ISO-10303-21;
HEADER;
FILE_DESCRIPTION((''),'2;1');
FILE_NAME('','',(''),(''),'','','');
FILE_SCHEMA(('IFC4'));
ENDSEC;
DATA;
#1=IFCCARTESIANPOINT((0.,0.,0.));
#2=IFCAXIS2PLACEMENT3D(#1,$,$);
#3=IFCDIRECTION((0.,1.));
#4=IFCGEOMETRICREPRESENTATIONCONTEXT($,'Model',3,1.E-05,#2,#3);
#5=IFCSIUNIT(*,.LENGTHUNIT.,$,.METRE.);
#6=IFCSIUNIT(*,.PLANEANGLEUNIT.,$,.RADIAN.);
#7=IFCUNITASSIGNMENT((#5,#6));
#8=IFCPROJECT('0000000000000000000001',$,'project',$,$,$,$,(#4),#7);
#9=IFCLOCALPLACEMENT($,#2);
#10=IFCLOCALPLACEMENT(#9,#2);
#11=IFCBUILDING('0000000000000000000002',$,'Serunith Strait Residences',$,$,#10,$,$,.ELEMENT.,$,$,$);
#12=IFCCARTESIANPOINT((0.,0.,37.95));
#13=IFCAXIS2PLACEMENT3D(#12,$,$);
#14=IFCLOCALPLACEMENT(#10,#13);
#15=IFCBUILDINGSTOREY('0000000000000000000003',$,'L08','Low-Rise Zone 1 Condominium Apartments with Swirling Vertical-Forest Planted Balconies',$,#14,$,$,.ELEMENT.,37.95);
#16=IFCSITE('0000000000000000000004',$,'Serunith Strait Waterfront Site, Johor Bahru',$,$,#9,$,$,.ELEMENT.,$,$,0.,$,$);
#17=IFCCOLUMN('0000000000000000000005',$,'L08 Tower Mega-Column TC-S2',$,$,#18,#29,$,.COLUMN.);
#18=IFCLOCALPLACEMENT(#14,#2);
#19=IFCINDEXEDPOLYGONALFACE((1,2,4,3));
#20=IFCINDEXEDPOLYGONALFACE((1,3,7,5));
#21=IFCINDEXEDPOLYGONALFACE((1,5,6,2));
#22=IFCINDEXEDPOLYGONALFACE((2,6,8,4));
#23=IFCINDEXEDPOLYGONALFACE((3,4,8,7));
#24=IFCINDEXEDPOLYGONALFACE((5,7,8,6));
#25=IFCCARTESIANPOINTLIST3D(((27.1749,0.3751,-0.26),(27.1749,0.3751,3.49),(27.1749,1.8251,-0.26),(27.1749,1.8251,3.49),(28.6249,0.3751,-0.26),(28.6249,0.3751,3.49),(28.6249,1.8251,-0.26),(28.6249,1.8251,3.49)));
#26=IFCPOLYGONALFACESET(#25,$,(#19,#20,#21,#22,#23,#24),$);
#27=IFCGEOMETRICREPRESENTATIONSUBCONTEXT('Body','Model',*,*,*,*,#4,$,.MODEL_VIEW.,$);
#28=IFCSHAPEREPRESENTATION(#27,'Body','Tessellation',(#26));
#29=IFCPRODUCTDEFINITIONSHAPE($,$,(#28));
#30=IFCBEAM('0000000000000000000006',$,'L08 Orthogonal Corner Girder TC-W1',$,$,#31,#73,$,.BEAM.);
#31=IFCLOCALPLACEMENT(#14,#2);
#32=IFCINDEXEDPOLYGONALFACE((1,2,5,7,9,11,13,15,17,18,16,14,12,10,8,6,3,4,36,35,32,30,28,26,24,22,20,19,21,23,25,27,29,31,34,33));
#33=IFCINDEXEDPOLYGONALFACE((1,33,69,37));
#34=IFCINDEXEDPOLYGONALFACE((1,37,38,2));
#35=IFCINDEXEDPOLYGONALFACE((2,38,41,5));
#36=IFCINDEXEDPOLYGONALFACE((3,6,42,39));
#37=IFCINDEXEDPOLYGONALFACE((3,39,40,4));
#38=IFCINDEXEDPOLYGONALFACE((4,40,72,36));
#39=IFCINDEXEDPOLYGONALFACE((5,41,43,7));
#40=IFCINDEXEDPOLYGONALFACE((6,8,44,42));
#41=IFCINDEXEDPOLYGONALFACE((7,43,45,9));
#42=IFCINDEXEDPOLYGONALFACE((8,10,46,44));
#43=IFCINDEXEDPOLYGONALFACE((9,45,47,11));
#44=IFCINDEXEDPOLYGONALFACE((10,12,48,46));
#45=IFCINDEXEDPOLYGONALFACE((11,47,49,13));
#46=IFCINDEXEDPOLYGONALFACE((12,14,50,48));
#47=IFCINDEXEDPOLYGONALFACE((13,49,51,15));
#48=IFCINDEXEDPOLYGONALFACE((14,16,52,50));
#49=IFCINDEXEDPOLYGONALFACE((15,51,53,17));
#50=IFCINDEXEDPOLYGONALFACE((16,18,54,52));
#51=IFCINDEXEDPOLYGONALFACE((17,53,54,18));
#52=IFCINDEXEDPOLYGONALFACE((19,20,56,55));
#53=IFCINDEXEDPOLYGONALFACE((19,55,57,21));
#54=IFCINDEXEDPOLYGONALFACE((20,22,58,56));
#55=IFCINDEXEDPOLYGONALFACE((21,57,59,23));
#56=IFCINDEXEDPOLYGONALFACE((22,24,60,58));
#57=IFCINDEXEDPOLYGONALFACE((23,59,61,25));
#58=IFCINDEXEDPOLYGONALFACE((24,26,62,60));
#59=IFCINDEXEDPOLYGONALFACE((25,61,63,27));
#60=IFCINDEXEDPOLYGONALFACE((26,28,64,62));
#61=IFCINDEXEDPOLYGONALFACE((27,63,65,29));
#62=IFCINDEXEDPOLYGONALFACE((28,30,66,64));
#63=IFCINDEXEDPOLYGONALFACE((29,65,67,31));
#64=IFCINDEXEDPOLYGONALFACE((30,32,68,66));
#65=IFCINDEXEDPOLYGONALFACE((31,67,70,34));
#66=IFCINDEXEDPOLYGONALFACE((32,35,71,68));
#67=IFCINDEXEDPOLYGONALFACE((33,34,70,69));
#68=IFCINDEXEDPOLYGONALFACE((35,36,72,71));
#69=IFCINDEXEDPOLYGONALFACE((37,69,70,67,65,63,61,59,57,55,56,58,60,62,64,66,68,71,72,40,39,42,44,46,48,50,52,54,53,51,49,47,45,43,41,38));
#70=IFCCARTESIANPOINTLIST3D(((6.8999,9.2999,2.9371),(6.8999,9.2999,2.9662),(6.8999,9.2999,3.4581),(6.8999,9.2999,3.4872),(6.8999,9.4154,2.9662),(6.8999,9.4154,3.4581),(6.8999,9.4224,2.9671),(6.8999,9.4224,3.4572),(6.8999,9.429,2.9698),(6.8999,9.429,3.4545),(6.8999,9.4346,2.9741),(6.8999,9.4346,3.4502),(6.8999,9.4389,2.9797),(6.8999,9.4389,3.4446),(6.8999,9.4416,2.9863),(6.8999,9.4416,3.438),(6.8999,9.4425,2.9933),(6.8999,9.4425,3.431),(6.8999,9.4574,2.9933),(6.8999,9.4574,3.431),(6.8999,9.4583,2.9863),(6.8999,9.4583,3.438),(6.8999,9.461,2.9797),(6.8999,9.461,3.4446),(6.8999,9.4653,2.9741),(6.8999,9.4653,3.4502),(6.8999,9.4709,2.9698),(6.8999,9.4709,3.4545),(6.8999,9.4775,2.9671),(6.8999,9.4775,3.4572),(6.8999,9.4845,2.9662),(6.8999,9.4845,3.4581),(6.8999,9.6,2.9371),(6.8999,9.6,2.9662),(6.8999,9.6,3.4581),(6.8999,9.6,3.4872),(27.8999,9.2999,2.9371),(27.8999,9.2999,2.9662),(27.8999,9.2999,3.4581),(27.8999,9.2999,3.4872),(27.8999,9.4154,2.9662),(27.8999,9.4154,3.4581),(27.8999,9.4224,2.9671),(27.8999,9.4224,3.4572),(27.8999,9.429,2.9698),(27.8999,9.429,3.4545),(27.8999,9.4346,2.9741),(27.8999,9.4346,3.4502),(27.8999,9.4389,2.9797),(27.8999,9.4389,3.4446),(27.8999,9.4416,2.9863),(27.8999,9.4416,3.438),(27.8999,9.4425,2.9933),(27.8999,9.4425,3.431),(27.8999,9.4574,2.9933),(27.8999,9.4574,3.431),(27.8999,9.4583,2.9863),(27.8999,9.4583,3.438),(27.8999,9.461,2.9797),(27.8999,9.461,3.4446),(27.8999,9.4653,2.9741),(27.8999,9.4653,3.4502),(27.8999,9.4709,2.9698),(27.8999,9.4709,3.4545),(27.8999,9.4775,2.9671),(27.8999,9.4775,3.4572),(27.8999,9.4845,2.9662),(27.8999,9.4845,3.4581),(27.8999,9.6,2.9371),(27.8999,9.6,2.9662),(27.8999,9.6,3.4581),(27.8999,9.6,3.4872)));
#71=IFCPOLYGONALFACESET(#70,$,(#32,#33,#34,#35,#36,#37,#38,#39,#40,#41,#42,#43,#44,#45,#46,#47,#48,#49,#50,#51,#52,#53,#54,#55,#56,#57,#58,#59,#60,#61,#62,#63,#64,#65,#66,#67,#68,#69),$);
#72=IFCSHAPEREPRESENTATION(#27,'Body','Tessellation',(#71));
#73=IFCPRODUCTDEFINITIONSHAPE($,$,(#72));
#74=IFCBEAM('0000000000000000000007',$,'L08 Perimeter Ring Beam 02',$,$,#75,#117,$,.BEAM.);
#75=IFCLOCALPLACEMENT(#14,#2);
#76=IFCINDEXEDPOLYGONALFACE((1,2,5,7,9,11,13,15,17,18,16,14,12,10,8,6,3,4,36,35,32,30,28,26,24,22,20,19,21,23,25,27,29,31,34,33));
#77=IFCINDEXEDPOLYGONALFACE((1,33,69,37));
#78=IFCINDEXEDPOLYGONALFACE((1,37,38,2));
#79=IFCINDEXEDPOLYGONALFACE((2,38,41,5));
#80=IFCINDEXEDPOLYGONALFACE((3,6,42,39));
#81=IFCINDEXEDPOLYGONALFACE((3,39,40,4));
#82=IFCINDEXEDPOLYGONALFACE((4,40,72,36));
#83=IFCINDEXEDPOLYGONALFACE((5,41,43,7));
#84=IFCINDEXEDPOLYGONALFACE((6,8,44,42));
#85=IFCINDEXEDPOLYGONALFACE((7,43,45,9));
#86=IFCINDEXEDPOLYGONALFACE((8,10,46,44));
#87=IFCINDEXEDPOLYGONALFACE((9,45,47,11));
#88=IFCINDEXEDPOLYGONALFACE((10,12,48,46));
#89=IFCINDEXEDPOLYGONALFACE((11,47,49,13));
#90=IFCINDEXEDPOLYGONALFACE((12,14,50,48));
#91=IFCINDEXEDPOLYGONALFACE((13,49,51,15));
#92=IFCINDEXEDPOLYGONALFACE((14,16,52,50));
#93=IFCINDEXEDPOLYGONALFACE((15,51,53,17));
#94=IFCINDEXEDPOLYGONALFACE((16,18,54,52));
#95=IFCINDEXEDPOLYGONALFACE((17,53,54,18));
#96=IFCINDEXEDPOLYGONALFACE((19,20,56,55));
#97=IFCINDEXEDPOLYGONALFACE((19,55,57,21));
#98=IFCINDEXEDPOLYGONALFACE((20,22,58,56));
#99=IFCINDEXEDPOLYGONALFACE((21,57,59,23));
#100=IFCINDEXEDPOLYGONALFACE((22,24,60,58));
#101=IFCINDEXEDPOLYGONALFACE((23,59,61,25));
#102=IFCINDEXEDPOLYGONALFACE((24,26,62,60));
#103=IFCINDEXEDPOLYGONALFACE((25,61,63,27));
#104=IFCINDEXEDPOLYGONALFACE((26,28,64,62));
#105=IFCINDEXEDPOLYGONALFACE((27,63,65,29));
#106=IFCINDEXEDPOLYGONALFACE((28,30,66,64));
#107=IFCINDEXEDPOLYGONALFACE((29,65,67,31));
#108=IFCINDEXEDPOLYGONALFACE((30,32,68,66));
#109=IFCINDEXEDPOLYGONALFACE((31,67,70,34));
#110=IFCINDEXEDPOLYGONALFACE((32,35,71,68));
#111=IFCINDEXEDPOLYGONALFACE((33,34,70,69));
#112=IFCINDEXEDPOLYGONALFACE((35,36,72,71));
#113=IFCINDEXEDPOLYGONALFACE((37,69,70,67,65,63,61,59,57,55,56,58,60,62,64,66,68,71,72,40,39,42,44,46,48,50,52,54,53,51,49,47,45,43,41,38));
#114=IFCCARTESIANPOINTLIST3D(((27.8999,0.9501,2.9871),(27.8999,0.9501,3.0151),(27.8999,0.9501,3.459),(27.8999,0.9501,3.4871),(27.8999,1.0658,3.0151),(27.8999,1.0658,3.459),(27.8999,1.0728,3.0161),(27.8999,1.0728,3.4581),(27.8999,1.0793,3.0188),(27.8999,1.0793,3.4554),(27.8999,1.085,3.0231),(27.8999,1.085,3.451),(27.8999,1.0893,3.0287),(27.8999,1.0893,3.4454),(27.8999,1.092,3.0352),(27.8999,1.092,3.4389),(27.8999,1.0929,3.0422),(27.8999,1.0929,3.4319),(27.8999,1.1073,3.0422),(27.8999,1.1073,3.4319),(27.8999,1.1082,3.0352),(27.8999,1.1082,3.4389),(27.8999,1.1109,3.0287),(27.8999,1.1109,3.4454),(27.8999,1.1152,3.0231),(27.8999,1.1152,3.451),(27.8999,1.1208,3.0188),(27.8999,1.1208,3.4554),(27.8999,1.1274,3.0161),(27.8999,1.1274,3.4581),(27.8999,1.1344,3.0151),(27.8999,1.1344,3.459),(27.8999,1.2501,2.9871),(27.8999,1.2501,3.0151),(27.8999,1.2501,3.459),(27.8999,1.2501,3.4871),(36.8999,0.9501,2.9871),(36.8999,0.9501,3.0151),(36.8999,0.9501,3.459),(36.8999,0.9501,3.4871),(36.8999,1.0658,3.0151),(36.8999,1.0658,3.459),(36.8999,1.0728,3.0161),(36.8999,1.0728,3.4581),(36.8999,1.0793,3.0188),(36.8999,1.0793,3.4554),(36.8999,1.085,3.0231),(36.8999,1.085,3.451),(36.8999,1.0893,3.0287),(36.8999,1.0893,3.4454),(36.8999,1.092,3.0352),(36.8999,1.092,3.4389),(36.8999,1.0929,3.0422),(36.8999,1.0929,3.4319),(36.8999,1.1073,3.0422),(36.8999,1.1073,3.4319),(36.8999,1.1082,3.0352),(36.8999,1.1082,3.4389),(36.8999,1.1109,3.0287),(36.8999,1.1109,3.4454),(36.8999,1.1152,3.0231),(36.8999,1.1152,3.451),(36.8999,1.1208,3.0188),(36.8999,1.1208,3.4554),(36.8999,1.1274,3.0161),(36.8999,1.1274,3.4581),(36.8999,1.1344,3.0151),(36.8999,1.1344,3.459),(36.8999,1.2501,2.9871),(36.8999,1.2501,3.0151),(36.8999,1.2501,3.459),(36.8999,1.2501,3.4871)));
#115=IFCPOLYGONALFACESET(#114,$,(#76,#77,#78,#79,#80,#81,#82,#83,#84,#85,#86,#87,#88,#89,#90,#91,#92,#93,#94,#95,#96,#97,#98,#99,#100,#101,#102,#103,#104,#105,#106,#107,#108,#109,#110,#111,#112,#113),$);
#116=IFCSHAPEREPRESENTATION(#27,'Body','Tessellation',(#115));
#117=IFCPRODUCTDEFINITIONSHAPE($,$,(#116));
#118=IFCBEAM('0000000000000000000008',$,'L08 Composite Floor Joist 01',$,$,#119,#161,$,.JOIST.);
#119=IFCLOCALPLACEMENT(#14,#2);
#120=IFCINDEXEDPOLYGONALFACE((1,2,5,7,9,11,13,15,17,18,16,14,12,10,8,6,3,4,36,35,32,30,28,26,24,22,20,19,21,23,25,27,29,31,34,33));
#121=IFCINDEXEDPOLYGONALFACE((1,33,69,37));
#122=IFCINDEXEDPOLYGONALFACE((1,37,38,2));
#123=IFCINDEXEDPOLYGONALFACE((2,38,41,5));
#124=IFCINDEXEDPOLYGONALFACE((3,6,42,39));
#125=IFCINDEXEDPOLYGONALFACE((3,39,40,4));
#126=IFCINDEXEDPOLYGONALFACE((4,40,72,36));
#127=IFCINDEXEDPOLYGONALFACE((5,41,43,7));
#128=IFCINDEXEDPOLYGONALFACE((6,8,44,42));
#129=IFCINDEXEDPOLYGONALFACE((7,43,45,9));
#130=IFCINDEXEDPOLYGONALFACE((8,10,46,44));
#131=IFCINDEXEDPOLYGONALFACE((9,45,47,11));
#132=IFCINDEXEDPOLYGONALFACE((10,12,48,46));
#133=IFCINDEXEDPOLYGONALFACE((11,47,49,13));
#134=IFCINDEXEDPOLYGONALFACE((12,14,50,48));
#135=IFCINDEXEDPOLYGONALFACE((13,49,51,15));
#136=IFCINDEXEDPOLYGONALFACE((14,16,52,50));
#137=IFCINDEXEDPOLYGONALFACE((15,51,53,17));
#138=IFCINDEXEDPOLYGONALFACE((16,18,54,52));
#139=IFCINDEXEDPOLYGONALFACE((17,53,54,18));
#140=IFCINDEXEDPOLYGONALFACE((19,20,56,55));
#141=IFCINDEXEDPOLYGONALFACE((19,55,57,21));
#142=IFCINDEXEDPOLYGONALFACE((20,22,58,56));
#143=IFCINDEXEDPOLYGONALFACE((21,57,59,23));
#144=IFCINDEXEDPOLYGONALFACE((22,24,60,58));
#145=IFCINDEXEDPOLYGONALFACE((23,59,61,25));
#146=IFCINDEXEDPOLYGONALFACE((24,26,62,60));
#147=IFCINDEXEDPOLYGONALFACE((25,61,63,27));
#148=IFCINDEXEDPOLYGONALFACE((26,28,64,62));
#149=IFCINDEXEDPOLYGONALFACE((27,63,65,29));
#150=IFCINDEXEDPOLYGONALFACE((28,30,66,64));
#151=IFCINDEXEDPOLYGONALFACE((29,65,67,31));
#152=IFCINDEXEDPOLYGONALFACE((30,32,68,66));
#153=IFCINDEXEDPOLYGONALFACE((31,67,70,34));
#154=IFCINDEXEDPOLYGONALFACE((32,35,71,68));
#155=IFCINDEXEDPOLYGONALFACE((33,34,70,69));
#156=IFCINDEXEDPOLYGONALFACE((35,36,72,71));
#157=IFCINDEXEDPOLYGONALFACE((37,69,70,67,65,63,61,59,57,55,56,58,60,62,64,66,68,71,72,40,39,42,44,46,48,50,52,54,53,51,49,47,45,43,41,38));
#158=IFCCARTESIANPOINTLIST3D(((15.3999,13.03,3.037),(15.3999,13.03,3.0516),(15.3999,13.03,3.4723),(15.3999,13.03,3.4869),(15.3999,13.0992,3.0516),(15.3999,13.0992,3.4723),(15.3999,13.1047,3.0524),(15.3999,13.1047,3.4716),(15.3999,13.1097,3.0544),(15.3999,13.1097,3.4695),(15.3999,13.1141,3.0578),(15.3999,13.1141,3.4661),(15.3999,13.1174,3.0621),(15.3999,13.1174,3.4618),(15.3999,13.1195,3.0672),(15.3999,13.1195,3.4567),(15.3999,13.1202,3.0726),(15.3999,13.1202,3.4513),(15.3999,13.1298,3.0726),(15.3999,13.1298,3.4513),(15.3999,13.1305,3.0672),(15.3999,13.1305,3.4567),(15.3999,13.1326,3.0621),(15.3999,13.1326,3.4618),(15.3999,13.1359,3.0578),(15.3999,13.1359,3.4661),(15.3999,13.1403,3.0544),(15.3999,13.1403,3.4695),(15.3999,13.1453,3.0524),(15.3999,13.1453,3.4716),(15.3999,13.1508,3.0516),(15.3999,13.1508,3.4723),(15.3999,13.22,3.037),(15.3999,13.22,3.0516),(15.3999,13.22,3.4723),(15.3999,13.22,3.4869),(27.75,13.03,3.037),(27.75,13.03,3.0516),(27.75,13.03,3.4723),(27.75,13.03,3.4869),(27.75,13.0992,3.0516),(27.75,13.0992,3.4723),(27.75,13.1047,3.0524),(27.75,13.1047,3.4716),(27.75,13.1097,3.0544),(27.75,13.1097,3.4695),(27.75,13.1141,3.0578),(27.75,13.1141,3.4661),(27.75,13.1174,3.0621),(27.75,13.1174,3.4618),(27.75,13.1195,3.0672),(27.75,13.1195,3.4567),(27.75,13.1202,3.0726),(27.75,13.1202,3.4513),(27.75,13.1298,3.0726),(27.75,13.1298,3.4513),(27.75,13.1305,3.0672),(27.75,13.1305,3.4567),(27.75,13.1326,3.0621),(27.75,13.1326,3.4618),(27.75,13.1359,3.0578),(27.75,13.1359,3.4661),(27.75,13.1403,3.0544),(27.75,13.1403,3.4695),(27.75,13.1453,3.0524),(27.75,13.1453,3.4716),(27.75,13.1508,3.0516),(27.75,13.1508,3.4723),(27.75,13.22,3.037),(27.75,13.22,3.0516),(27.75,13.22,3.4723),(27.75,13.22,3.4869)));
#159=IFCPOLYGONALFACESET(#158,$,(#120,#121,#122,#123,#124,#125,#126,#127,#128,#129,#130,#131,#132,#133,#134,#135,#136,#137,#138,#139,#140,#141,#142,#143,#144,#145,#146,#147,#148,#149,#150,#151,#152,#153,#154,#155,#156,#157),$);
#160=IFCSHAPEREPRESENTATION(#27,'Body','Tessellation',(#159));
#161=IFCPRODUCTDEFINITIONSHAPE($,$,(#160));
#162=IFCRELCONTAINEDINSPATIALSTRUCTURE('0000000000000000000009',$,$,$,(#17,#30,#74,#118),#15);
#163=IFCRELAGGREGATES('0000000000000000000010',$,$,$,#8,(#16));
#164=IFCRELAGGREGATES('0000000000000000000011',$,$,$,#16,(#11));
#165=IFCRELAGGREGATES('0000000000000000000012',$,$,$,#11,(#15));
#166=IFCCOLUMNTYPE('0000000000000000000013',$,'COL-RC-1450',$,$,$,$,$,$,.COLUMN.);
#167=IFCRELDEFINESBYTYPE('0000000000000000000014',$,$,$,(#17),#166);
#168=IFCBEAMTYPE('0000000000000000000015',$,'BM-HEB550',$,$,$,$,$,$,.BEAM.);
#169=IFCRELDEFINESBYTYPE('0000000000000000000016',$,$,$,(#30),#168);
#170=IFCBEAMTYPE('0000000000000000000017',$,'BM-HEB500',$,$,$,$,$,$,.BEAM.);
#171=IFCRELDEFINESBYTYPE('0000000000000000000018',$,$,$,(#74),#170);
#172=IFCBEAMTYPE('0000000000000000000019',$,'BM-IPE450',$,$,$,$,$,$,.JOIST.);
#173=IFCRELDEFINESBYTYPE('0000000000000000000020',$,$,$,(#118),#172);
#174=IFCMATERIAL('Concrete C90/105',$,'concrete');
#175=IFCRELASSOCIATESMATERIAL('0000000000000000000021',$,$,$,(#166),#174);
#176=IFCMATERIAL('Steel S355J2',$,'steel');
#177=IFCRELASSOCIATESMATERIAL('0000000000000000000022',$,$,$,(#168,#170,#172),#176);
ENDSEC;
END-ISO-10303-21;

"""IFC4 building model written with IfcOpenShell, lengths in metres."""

from ifc_helpers import new_model, si_unit, direction, frame, origin, origin_2d, place, context, subcontext, project, spatial, rectangle, i_section, extrude, source, transform, mapped, material, material_profile, profile_set, type_object, element, save


model = new_model("IFC4")

# Units and contexts
model_context = context("Model", 3, precision=1e-05, world=origin(), true_north=direction((0.0, 1.0)))
body_context = subcontext(model_context, "Body", "Model", "MODEL_VIEW")
ifc_project = project(units=[si_unit("LENGTHUNIT", "METRE"), si_unit("PLANEANGLEUNIT", "RADIAN")], contexts=[model_context])

# Site, building, storey
site_placement = place(None, origin())
site = spatial("IfcSite", under=ifc_project, at=site_placement, Name="Serunith Strait Waterfront Site, Johor Bahru", CompositionType="ELEMENT", RefElevation=0.0)
building_placement = place(site_placement, origin())
building = spatial("IfcBuilding", under=site, at=building_placement, Name="Serunith Strait Residences", CompositionType="ELEMENT")
storey_placement = place(building_placement, frame((0.0, 0.0, 37.95)))
storey = spatial("IfcBuildingStorey", under=building, at=storey_placement, Name="L08", Description="Low-Rise Zone 1 Condominium Apartments with Swirling Vertical-Forest Planted Balconies", CompositionType="ELEMENT", Elevation=37.95)

# Column
ifc_material_1 = material(Name="Concrete C90/105", Category="concrete")
ifc_material_profile_1 = material_profile(ifc_material_1, rectangle(XDim=1.45, YDim=1.45, at=origin_2d()), Name="RC 1450x1450")
ifc_profile_set_1 = profile_set([ifc_material_profile_1], Name="Concrete C90/105")
column_type = type_object("IfcColumnType", Name="COL-RC-1450", PredefinedType="COLUMN", material=ifc_profile_set_1)
shared_shape_1 = source(origin(), body_context, "Body", "SweptSolid", [
    extrude(rectangle(XDim=1.45, YDim=1.45, at=origin_2d()), origin(), (0.0, 0.0, 1.0), 3.75),
])
column_placement = place(storey_placement, frame((27.8999, 1.1001, -0.26), z_axis=(0.0, 0.0, 1.0), x_axis=(1.0, 0.0, 0.0)))
element("IfcColumn", 1, at=column_placement, inside=storey, type_object=column_type, Name="L08 Tower Mega-Column TC-S2", PredefinedType="COLUMN", context=body_context, shape_type="MappedRepresentation", body=[
    mapped(shared_shape_1, transform((0.0, 0.0, 0.0), scale=1.0)),
])

# Beams
ifc_material_2 = material(Name="Steel S355J2", Category="steel")
ifc_material_profile_2 = material_profile(ifc_material_2, i_section(OverallWidth=0.3, OverallDepth=0.55, WebThickness=0.0149, FlangeThickness=0.0291, FilletRadius=0.0271, at=origin_2d()), Name="HEB 550")
ifc_profile_set_2 = profile_set([ifc_material_profile_2], Name="Steel S355J2")
beam_type_1 = type_object("IfcBeamType", Name="BM-HEB550", PredefinedType="BEAM", material=ifc_profile_set_2)
shared_shape_2 = source(origin(), body_context, "Body", "SweptSolid", [
    extrude(i_section(OverallWidth=0.3, OverallDepth=0.55, WebThickness=0.0149, FlangeThickness=0.0291, FilletRadius=0.0271, at=origin_2d()), origin(), (0.0, 0.0, 1.0), 21.0),
])
beam_1_placement = place(storey_placement, frame((27.8999, 9.45, 3.2122), z_axis=(-1.0, 0.0, 0.0), x_axis=(0.0, -1.0, 0.0)))
element("IfcBeam", 2, at=beam_1_placement, inside=storey, type_object=beam_type_1, Name="L08 Orthogonal Corner Girder TC-W1", PredefinedType="BEAM", context=body_context, shape_type="MappedRepresentation", body=[
    mapped(shared_shape_2, transform((0.0, 0.0, 0.0), scale=1.0)),
])
ifc_material_profile_3 = material_profile(ifc_material_2, i_section(OverallWidth=0.3, OverallDepth=0.5, WebThickness=0.0144, FlangeThickness=0.0281, FilletRadius=0.0271, at=origin_2d()), Name="HEB 500")
ifc_profile_set_3 = profile_set([ifc_material_profile_3], Name="Steel S355J2")
beam_type_2 = type_object("IfcBeamType", Name="BM-HEB500", PredefinedType="BEAM", material=ifc_profile_set_3)
shared_shape_3 = source(origin(), body_context, "Body", "SweptSolid", [
    extrude(i_section(OverallWidth=0.3, OverallDepth=0.5, WebThickness=0.0144, FlangeThickness=0.0281, FilletRadius=0.0271, at=origin_2d()), origin(), (0.0, 0.0, 1.0), 9.0),
])
beam_2_placement = place(storey_placement, frame((27.8999, 1.1001, 3.2371), z_axis=(1.0, 0.0, 0.0), x_axis=(0.0, 1.0, 0.0)))
element("IfcBeam", 3, at=beam_2_placement, inside=storey, type_object=beam_type_2, Name="L08 Perimeter Ring Beam 02", PredefinedType="BEAM", context=body_context, shape_type="MappedRepresentation", body=[
    mapped(shared_shape_3, transform((0.0, 0.0, 0.0), scale=1.0)),
])
ifc_material_profile_4 = material_profile(ifc_material_2, i_section(OverallWidth=0.1899, OverallDepth=0.45, WebThickness=0.0095, FlangeThickness=0.0146, FilletRadius=0.021, at=origin_2d()), Name="IPE 450")
ifc_profile_set_4 = profile_set([ifc_material_profile_4], Name="Steel S355J2")
beam_type_3 = type_object("IfcBeamType", Name="BM-IPE450", PredefinedType="JOIST", material=ifc_profile_set_4)
shared_shape_4 = source(origin(), body_context, "Body", "SweptSolid", [
    extrude(i_section(OverallWidth=0.1899, OverallDepth=0.45, WebThickness=0.0095, FlangeThickness=0.0146, FilletRadius=0.021, at=origin_2d()), origin(), (0.0, 0.0, 1.0), 12.3501),
])
beam_3_placement = place(storey_placement, frame((15.3999, 13.125, 3.262), z_axis=(1.0, 0.0, 0.0), x_axis=(0.0, 1.0, 0.0)))
element("IfcBeam", 4, at=beam_3_placement, inside=storey, type_object=beam_type_3, Name="L08 Composite Floor Joist 01", PredefinedType="JOIST", context=body_context, shape_type="MappedRepresentation", body=[
    mapped(shared_shape_4, transform((0.0, 0.0, 0.0), scale=1.0)),
])

save(model, "model.ifc")
